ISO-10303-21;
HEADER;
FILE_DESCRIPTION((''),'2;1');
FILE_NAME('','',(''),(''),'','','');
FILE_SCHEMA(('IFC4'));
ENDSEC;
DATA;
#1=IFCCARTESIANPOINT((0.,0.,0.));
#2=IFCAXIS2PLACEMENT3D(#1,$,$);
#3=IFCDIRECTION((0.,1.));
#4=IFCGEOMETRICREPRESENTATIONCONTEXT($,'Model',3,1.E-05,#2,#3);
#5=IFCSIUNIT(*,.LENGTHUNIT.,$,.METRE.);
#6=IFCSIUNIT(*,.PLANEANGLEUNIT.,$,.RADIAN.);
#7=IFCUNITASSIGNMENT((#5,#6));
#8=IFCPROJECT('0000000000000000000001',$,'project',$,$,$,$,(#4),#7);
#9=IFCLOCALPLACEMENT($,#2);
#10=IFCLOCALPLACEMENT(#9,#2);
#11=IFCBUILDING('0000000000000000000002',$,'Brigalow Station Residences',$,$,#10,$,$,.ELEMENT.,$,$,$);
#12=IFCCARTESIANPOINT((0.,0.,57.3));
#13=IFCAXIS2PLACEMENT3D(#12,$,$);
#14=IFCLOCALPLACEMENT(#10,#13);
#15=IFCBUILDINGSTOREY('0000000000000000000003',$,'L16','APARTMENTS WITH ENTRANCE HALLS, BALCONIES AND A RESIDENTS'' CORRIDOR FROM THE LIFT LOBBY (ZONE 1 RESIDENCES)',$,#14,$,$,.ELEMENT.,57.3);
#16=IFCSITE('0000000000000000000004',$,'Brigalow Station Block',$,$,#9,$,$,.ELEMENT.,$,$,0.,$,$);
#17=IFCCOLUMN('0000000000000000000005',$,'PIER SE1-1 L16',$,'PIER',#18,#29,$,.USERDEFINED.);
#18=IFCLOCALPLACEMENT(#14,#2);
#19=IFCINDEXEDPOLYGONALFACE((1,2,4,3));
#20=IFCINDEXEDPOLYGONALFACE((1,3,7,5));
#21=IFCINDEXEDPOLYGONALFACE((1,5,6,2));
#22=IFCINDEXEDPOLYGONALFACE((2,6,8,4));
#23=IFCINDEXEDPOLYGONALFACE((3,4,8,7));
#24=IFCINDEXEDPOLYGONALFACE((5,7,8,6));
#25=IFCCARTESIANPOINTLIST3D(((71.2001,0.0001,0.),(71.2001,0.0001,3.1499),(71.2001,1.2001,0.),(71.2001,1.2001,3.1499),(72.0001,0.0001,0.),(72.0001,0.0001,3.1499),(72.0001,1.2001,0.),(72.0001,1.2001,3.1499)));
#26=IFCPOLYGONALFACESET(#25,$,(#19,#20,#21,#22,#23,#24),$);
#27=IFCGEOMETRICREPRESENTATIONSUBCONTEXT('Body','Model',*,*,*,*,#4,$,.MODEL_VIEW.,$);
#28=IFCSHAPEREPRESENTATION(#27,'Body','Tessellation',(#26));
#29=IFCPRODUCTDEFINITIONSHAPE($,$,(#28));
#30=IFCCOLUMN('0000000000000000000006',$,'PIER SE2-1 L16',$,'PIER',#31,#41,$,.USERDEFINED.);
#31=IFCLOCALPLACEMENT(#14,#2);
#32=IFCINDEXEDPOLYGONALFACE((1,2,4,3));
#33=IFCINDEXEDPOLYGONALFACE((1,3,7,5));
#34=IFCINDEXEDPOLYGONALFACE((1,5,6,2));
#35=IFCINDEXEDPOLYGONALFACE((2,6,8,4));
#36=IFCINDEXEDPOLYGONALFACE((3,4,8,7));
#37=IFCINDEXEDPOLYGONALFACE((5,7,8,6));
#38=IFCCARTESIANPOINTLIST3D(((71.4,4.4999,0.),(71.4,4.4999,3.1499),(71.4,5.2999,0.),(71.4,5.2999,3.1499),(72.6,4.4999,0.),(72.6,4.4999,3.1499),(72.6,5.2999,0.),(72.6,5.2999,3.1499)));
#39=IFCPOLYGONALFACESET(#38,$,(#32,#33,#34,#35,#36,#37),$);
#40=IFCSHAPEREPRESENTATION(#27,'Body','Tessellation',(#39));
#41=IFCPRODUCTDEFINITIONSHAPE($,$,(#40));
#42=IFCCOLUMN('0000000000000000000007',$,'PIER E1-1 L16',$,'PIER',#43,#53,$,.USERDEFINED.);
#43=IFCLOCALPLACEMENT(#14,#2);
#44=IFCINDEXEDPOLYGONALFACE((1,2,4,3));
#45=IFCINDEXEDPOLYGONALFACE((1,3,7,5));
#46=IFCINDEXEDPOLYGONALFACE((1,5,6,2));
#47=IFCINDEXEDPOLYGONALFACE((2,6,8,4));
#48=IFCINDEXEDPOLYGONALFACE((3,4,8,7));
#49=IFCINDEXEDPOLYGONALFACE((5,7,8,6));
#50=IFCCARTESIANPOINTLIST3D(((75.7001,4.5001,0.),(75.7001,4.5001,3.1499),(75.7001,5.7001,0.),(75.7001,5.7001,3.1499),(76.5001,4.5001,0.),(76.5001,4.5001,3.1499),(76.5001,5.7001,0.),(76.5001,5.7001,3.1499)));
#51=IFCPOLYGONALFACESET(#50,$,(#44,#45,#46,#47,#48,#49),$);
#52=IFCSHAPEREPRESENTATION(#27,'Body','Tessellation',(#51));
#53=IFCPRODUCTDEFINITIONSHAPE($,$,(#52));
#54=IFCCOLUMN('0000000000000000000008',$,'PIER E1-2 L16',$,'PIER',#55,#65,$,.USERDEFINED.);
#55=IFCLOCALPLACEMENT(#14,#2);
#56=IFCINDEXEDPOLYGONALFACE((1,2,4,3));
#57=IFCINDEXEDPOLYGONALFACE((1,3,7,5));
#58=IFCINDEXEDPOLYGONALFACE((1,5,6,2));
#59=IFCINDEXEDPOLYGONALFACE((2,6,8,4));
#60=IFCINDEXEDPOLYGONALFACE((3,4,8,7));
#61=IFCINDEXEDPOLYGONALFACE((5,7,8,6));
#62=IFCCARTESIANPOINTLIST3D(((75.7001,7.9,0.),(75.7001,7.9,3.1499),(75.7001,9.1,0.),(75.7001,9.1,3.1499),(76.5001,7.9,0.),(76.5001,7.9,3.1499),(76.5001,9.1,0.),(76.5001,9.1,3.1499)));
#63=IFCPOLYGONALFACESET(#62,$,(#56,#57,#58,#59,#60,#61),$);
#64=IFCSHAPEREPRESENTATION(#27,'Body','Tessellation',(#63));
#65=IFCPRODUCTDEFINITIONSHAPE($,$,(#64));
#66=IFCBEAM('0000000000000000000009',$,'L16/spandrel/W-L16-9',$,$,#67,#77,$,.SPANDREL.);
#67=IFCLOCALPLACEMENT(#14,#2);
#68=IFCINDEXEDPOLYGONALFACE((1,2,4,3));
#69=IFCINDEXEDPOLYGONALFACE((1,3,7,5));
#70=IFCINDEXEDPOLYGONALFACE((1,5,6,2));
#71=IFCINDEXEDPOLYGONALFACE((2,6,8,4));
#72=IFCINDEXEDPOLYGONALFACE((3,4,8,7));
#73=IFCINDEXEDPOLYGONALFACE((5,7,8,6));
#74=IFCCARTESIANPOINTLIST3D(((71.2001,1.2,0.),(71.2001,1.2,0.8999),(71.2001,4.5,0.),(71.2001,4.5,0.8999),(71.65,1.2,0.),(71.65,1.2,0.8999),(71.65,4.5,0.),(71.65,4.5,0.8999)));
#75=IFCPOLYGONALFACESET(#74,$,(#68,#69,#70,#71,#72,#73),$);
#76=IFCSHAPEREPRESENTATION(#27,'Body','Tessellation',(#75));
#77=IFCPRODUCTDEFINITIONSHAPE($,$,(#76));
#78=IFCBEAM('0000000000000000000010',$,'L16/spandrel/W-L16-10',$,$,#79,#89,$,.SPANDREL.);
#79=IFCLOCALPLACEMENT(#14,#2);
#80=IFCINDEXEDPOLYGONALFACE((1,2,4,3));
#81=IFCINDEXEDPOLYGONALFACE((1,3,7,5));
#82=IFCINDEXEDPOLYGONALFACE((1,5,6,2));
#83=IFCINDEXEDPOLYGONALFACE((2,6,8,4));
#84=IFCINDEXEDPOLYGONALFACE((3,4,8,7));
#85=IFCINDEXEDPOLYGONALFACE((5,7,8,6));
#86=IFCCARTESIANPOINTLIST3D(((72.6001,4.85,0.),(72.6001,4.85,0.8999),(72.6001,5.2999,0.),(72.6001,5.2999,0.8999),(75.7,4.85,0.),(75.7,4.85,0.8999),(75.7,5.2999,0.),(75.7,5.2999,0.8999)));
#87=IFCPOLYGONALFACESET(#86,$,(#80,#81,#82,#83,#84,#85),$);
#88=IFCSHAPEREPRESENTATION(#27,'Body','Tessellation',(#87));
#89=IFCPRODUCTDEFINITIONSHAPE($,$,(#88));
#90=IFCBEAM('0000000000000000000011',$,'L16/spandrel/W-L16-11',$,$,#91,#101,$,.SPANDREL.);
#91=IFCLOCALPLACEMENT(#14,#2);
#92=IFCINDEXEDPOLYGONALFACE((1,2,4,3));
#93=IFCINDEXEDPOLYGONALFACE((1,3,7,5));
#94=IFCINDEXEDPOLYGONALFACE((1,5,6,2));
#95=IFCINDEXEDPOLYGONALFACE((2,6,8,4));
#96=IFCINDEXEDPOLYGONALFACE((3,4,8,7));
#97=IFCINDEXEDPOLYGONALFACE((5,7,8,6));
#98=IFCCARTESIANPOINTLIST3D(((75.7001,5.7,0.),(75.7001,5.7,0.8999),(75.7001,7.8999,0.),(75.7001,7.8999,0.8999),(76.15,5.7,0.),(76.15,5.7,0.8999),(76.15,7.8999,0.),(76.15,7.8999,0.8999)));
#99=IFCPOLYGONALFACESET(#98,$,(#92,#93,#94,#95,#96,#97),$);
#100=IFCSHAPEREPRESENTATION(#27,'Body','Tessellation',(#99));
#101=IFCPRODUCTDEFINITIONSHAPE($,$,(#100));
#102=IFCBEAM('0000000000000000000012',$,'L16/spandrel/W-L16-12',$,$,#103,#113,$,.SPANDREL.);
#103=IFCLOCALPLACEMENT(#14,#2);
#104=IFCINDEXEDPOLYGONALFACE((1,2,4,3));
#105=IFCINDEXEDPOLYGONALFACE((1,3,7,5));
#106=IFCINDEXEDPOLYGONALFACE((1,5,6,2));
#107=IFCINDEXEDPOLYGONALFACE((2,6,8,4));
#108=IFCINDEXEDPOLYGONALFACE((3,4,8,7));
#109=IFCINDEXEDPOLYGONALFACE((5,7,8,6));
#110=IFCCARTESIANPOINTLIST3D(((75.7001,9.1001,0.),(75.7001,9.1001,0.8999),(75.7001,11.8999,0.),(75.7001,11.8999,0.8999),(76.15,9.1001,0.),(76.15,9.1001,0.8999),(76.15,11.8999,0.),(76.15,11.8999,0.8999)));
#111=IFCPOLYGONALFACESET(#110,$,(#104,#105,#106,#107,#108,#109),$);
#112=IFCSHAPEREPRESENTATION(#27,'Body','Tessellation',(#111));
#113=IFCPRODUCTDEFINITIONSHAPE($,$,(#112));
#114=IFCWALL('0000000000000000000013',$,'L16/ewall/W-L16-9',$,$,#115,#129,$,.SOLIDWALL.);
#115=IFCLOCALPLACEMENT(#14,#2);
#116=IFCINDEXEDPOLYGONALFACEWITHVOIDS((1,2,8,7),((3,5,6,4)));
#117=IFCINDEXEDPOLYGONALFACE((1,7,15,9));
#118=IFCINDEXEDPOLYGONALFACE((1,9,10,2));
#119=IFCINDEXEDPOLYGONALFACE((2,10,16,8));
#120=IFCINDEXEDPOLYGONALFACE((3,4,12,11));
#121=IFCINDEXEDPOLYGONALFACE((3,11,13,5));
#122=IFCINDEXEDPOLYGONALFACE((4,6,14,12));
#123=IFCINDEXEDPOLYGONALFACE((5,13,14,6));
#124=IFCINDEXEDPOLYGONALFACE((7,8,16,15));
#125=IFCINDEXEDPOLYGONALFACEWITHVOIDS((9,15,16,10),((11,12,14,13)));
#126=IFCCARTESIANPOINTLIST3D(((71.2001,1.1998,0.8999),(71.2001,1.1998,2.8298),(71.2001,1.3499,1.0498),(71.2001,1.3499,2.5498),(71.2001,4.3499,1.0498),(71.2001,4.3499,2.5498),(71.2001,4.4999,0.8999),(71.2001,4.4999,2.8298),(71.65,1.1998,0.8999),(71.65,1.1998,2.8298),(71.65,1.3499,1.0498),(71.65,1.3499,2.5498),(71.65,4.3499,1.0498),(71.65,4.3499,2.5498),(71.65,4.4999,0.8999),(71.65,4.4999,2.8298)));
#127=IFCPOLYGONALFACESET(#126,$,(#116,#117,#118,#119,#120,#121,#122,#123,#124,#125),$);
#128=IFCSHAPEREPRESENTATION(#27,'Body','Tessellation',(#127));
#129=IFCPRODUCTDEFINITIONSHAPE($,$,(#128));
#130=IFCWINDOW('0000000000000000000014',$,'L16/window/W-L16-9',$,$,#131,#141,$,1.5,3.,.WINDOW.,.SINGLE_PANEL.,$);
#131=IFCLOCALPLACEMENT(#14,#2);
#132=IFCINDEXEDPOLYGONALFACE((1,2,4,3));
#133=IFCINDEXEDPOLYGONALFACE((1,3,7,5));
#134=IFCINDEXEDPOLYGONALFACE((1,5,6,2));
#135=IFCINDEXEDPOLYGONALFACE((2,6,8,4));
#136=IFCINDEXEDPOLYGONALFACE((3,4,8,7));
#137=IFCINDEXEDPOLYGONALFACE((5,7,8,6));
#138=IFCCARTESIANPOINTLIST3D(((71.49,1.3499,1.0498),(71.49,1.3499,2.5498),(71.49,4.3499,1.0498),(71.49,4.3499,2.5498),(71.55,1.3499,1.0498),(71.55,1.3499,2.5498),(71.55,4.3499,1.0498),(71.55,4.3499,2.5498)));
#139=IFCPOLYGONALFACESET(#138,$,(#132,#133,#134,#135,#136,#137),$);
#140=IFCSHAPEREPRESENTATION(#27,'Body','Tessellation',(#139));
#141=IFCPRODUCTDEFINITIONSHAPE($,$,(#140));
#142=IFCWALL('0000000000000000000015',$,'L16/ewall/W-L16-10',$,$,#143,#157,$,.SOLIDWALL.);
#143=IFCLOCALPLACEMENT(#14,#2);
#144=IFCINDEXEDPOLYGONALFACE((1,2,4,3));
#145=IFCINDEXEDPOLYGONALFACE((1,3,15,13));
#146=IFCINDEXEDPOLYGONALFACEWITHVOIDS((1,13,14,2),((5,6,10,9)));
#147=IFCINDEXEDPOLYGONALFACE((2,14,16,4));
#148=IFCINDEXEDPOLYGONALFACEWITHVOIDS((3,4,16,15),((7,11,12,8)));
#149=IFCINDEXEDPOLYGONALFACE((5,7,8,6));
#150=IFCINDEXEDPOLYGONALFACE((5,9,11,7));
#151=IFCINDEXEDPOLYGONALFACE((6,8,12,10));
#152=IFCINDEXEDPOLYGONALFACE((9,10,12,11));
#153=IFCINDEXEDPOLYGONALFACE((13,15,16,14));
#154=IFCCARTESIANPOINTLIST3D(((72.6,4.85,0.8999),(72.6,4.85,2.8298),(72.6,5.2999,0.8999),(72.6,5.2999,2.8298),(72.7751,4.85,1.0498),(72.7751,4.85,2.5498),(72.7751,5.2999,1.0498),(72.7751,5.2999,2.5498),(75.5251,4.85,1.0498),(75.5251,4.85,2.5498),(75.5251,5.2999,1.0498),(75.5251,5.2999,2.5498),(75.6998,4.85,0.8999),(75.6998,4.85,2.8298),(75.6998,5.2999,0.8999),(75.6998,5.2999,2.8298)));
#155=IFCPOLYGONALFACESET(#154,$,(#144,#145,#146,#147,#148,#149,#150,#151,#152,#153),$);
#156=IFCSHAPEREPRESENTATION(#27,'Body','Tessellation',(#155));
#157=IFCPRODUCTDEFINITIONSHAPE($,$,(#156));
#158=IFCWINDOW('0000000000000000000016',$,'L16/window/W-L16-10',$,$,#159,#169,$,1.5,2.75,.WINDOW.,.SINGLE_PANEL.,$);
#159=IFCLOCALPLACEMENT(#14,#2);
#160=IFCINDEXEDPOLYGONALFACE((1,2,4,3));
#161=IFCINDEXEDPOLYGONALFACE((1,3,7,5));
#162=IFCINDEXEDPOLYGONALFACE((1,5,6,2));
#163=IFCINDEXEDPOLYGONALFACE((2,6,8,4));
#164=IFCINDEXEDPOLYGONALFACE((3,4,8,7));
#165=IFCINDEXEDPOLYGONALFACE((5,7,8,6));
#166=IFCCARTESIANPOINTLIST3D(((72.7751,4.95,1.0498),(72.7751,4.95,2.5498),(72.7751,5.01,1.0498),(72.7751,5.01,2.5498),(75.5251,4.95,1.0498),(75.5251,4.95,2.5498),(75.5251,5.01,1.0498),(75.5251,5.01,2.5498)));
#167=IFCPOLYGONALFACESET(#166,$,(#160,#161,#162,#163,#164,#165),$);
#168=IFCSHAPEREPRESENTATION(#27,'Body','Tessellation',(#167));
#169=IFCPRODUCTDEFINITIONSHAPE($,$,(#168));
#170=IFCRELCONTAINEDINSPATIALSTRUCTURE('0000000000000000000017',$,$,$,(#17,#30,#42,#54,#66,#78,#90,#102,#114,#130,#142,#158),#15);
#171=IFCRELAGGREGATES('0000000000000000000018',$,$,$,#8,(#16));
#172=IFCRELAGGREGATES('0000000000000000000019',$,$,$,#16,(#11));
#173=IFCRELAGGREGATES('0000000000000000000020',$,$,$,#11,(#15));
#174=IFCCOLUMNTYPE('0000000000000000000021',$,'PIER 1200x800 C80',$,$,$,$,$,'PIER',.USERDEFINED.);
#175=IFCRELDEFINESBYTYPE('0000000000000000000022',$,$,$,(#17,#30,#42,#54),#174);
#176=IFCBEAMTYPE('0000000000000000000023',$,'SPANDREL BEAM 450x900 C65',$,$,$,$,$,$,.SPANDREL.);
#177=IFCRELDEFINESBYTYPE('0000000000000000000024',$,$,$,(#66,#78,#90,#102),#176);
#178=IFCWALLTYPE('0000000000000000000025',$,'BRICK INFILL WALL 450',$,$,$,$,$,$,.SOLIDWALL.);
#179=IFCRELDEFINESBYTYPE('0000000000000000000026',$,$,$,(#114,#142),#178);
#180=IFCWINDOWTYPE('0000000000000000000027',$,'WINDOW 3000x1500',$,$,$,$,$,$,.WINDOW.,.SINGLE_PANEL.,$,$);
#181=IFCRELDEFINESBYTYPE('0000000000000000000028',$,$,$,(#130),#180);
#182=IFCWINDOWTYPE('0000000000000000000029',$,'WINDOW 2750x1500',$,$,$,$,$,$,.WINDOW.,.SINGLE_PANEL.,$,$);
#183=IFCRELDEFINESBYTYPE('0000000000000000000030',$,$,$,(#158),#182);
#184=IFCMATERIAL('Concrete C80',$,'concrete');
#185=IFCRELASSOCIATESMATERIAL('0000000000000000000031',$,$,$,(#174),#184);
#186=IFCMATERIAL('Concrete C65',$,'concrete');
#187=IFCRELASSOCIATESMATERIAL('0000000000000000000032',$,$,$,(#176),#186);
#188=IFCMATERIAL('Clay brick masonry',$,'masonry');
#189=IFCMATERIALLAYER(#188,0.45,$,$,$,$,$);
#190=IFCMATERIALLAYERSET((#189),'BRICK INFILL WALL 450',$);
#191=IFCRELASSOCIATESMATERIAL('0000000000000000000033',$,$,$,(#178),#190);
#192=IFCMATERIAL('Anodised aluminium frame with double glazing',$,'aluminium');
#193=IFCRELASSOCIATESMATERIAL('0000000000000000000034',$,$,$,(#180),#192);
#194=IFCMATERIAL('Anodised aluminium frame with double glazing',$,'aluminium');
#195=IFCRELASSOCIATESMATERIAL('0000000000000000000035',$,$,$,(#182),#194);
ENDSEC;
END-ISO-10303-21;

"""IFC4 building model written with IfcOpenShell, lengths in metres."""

from ifc_helpers import new_model, si_unit, direction, frame, frame_2d, origin, origin_2d, place, context, subcontext, project, spatial, rectangle, extrude, material, layer, layer_set, material_profile, profile_set, type_object, element, fill, save


model = new_model("IFC4")

# Units and contexts
model_context = context("Model", 3, precision=1e-05, world=origin(), true_north=direction((0.0, 1.0)))
body_context = subcontext(model_context, "Body", "Model", "MODEL_VIEW")
ifc_project = project(units=[si_unit("LENGTHUNIT", "METRE"), si_unit("PLANEANGLEUNIT", "RADIAN")], contexts=[model_context])

# Site, building, storey
site_placement = place(None, origin())
site = spatial("IfcSite", under=ifc_project, at=site_placement, Name="Brigalow Station Block", CompositionType="ELEMENT", RefElevation=0.0)
building_placement = place(site_placement, origin())
building = spatial("IfcBuilding", under=site, at=building_placement, Name="Brigalow Station Residences", CompositionType="ELEMENT")
storey_placement = place(building_placement, frame((0.0, 0.0, 57.3)))
storey = spatial("IfcBuildingStorey", under=building, at=storey_placement, Name="L16", Description="APARTMENTS WITH ENTRANCE HALLS, BALCONIES AND A RESIDENTS' CORRIDOR FROM THE LIFT LOBBY (ZONE 1 RESIDENCES)", CompositionType="ELEMENT", Elevation=57.3)

# Columns
ifc_material_1 = material(Name="Concrete C80", Category="concrete")
ifc_material_profile_1 = material_profile(ifc_material_1, rectangle(XDim=1.2, YDim=0.8, at=origin_2d()), Name="RC1200x800")
ifc_profile_set_1 = profile_set([ifc_material_profile_1], Name="Concrete C80")
column_type = type_object("IfcColumnType", Name="PIER 1200x800 C80", ElementType="PIER", PredefinedType="USERDEFINED", material=ifc_profile_set_1)
for number, where, z_axis, x_axis, name in (
    (1, (71.6001, 0.6001, 0.0), (0.0, 0.0, 1.0), (0.0, 1.0, 0.0), "PIER SE1-1 L16"),
    (2, (72.0, 4.8999, 0.0), (0.0, 0.0, 1.0), (1.0, 0.0, 0.0), "PIER SE2-1 L16"),
    (3, (76.1001, 5.1001, 0.0), (0.0, 0.0, 1.0), (0.0, 1.0, 0.0), "PIER E1-1 L16"),
    (4, (76.1001, 8.5, 0.0), (0.0, 0.0, 1.0), (0.0, 1.0, 0.0), "PIER E1-2 L16"),
):
    element("IfcColumn", number, at=place(storey_placement, frame(where, z_axis=z_axis, x_axis=x_axis)), inside=storey, type_object=column_type, Name=name, ObjectType="PIER", PredefinedType="USERDEFINED", context=body_context, shape_type="SweptSolid", body=[
        extrude(rectangle(XDim=1.2, YDim=0.8, at=origin_2d()), origin(), (0.0, 0.0, 1.0), 3.1499),
    ])

# Beams
ifc_material_2 = material(Name="Concrete C65", Category="concrete")
ifc_material_profile_2 = material_profile(ifc_material_2, rectangle(XDim=0.45, YDim=0.8999, at=origin_2d()), Name="RC450x900")
ifc_profile_set_2 = profile_set([ifc_material_profile_2], Name="Concrete C65")
beam_type = type_object("IfcBeamType", Name="SPANDREL BEAM 450x900 C65", PredefinedType="SPANDREL", material=ifc_profile_set_2)
beam_1_placement = place(storey_placement, frame((71.425, 1.2, 0.45), z_axis=(0.0, 1.0, 0.0), x_axis=(-1.0, 0.0, 0.0)))
element("IfcBeam", 5, at=beam_1_placement, inside=storey, type_object=beam_type, Name="L16/spandrel/W-L16-9", PredefinedType="SPANDREL", context=body_context, shape_type="SweptSolid", body=[
    extrude(rectangle(XDim=0.45, YDim=0.8999, at=origin_2d()), origin(), (0.0, 0.0, 1.0), 3.3),
])
beam_2_placement = place(storey_placement, frame((72.6001, 5.075, 0.45), z_axis=(1.0, 0.0, 0.0), x_axis=(0.0, 1.0, 0.0)))
element("IfcBeam", 6, at=beam_2_placement, inside=storey, type_object=beam_type, Name="L16/spandrel/W-L16-10", PredefinedType="SPANDREL", context=body_context, shape_type="SweptSolid", body=[
    extrude(rectangle(XDim=0.45, YDim=0.8999, at=origin_2d()), origin(), (0.0, 0.0, 1.0), 3.0999),
])
beam_3_placement = place(storey_placement, frame((75.925, 5.7, 0.45), z_axis=(0.0, 1.0, 0.0), x_axis=(-1.0, 0.0, 0.0)))
element("IfcBeam", 7, at=beam_3_placement, inside=storey, type_object=beam_type, Name="L16/spandrel/W-L16-11", PredefinedType="SPANDREL", context=body_context, shape_type="SweptSolid", body=[
    extrude(rectangle(XDim=0.45, YDim=0.8999, at=origin_2d()), origin(), (0.0, 0.0, 1.0), 2.2),
])
beam_4_placement = place(storey_placement, frame((75.925, 9.1001, 0.45), z_axis=(0.0, 1.0, 0.0), x_axis=(-1.0, 0.0, 0.0)))
element("IfcBeam", 8, at=beam_4_placement, inside=storey, type_object=beam_type, Name="L16/spandrel/W-L16-12", PredefinedType="SPANDREL", context=body_context, shape_type="SweptSolid", body=[
    extrude(rectangle(XDim=0.45, YDim=0.8999, at=origin_2d()), origin(), (0.0, 0.0, 1.0), 2.7998),
])

# Walls, openings, windows
ifc_material_3 = material(Name="Clay brick masonry", Category="masonry")
ifc_layer_1 = layer(ifc_material_3, 0.45)
ifc_layer_set_1 = layer_set([ifc_layer_1], Name="BRICK INFILL WALL 450")
wall_type_1 = type_object("IfcWallType", Name="BRICK INFILL WALL 450", PredefinedType="SOLIDWALL", material=ifc_layer_set_1)
wall_1_placement = place(storey_placement, frame((71.425, 1.2, 0.8999), z_axis=(0.0, 0.0, 1.0), x_axis=(0.0, 1.0, 0.0)))
wall_1 = element("IfcWall", 9, at=wall_1_placement, inside=storey, type_object=wall_type_1, Name="L16/ewall/W-L16-9", PredefinedType="SOLIDWALL", context=body_context, shape_type="SweptSolid", body=[
    extrude(rectangle(XDim=3.3, YDim=0.45, at=frame_2d((1.6499, 0.0))), origin(), (0.0, 0.0, 1.0), 1.9299),
])
opening_1_placement = place(wall_1_placement, frame((0.1499, 0.0, 0.1499)))
opening_1 = element("IfcOpeningElement", 10, at=opening_1_placement, cuts=wall_1, PredefinedType="OPENING", context=body_context, shape_type="SweptSolid", body=[
    extrude(rectangle(XDim=3.0, YDim=1.5, at=frame_2d((1.5, 0.75))), frame((0.0, 0.2349, 0.0), z_axis=(0.0, -1.0, 0.0), x_axis=(1.0, 0.0, 0.0)), (0.0, 0.0, 1.0), 0.47),
])
ifc_material_4 = material(Name="Anodised aluminium frame with double glazing", Category="aluminium")
window_type_1 = type_object("IfcWindowType", Name="WINDOW 3000x1500", PartitioningType="SINGLE_PANEL", PredefinedType="WINDOW", material=ifc_material_4)
window_1_placement = place(opening_1_placement, origin())
window_1 = element("IfcWindow", 11, at=window_1_placement, inside=storey, type_object=window_type_1, Name="L16/window/W-L16-9", OverallHeight=1.5, OverallWidth=3.0, PartitioningType="SINGLE_PANEL", PredefinedType="WINDOW", context=body_context, shape_type="SweptSolid", body=[
    extrude(rectangle(XDim=3.0, YDim=1.5, at=frame_2d((1.5, 0.75))), frame((0.0, -0.0649, 0.0), z_axis=(0.0, -1.0, 0.0), x_axis=(1.0, 0.0, 0.0)), (0.0, 0.0, 1.0), 0.0601),
])
fill(opening_1, window_1)
wall_2_placement = place(storey_placement, frame((72.6001, 5.075, 0.8999), z_axis=(0.0, 0.0, 1.0), x_axis=(1.0, 0.0, 0.0)))
wall_2 = element("IfcWall", 12, at=wall_2_placement, inside=storey, type_object=wall_type_1, Name="L16/ewall/W-L16-10", PredefinedType="SOLIDWALL", context=body_context, shape_type="SweptSolid", body=[
    extrude(rectangle(XDim=3.0999, YDim=0.45, at=frame_2d((1.5498, 0.0))), origin(), (0.0, 0.0, 1.0), 1.9299),
])
opening_2_placement = place(wall_2_placement, frame((0.175, 0.0, 0.1499)))
opening_2 = element("IfcOpeningElement", 13, at=opening_2_placement, cuts=wall_2, PredefinedType="OPENING", context=body_context, shape_type="SweptSolid", body=[
    extrude(rectangle(XDim=2.75, YDim=1.5, at=frame_2d((1.375, 0.75))), frame((0.0, 0.2349, 0.0), z_axis=(0.0, -1.0, 0.0), x_axis=(1.0, 0.0, 0.0)), (0.0, 0.0, 1.0), 0.47),
])
ifc_material_5 = material(Name="Anodised aluminium frame with double glazing", Category="aluminium")
window_type_2 = type_object("IfcWindowType", Name="WINDOW 2750x1500", PartitioningType="SINGLE_PANEL", PredefinedType="WINDOW", material=ifc_material_5)
window_2_placement = place(opening_2_placement, origin())
window_2 = element("IfcWindow", 14, at=window_2_placement, inside=storey, type_object=window_type_2, Name="L16/window/W-L16-10", OverallHeight=1.5, OverallWidth=2.75, PartitioningType="SINGLE_PANEL", PredefinedType="WINDOW", context=body_context, shape_type="SweptSolid", body=[
    extrude(rectangle(XDim=2.75, YDim=1.5, at=frame_2d((1.375, 0.75))), frame((0.0, -0.0649, 0.0), z_axis=(0.0, -1.0, 0.0), x_axis=(1.0, 0.0, 0.0)), (0.0, 0.0, 1.0), 0.0601),
])
fill(opening_2, window_2)

save(model, "model.ifc")
